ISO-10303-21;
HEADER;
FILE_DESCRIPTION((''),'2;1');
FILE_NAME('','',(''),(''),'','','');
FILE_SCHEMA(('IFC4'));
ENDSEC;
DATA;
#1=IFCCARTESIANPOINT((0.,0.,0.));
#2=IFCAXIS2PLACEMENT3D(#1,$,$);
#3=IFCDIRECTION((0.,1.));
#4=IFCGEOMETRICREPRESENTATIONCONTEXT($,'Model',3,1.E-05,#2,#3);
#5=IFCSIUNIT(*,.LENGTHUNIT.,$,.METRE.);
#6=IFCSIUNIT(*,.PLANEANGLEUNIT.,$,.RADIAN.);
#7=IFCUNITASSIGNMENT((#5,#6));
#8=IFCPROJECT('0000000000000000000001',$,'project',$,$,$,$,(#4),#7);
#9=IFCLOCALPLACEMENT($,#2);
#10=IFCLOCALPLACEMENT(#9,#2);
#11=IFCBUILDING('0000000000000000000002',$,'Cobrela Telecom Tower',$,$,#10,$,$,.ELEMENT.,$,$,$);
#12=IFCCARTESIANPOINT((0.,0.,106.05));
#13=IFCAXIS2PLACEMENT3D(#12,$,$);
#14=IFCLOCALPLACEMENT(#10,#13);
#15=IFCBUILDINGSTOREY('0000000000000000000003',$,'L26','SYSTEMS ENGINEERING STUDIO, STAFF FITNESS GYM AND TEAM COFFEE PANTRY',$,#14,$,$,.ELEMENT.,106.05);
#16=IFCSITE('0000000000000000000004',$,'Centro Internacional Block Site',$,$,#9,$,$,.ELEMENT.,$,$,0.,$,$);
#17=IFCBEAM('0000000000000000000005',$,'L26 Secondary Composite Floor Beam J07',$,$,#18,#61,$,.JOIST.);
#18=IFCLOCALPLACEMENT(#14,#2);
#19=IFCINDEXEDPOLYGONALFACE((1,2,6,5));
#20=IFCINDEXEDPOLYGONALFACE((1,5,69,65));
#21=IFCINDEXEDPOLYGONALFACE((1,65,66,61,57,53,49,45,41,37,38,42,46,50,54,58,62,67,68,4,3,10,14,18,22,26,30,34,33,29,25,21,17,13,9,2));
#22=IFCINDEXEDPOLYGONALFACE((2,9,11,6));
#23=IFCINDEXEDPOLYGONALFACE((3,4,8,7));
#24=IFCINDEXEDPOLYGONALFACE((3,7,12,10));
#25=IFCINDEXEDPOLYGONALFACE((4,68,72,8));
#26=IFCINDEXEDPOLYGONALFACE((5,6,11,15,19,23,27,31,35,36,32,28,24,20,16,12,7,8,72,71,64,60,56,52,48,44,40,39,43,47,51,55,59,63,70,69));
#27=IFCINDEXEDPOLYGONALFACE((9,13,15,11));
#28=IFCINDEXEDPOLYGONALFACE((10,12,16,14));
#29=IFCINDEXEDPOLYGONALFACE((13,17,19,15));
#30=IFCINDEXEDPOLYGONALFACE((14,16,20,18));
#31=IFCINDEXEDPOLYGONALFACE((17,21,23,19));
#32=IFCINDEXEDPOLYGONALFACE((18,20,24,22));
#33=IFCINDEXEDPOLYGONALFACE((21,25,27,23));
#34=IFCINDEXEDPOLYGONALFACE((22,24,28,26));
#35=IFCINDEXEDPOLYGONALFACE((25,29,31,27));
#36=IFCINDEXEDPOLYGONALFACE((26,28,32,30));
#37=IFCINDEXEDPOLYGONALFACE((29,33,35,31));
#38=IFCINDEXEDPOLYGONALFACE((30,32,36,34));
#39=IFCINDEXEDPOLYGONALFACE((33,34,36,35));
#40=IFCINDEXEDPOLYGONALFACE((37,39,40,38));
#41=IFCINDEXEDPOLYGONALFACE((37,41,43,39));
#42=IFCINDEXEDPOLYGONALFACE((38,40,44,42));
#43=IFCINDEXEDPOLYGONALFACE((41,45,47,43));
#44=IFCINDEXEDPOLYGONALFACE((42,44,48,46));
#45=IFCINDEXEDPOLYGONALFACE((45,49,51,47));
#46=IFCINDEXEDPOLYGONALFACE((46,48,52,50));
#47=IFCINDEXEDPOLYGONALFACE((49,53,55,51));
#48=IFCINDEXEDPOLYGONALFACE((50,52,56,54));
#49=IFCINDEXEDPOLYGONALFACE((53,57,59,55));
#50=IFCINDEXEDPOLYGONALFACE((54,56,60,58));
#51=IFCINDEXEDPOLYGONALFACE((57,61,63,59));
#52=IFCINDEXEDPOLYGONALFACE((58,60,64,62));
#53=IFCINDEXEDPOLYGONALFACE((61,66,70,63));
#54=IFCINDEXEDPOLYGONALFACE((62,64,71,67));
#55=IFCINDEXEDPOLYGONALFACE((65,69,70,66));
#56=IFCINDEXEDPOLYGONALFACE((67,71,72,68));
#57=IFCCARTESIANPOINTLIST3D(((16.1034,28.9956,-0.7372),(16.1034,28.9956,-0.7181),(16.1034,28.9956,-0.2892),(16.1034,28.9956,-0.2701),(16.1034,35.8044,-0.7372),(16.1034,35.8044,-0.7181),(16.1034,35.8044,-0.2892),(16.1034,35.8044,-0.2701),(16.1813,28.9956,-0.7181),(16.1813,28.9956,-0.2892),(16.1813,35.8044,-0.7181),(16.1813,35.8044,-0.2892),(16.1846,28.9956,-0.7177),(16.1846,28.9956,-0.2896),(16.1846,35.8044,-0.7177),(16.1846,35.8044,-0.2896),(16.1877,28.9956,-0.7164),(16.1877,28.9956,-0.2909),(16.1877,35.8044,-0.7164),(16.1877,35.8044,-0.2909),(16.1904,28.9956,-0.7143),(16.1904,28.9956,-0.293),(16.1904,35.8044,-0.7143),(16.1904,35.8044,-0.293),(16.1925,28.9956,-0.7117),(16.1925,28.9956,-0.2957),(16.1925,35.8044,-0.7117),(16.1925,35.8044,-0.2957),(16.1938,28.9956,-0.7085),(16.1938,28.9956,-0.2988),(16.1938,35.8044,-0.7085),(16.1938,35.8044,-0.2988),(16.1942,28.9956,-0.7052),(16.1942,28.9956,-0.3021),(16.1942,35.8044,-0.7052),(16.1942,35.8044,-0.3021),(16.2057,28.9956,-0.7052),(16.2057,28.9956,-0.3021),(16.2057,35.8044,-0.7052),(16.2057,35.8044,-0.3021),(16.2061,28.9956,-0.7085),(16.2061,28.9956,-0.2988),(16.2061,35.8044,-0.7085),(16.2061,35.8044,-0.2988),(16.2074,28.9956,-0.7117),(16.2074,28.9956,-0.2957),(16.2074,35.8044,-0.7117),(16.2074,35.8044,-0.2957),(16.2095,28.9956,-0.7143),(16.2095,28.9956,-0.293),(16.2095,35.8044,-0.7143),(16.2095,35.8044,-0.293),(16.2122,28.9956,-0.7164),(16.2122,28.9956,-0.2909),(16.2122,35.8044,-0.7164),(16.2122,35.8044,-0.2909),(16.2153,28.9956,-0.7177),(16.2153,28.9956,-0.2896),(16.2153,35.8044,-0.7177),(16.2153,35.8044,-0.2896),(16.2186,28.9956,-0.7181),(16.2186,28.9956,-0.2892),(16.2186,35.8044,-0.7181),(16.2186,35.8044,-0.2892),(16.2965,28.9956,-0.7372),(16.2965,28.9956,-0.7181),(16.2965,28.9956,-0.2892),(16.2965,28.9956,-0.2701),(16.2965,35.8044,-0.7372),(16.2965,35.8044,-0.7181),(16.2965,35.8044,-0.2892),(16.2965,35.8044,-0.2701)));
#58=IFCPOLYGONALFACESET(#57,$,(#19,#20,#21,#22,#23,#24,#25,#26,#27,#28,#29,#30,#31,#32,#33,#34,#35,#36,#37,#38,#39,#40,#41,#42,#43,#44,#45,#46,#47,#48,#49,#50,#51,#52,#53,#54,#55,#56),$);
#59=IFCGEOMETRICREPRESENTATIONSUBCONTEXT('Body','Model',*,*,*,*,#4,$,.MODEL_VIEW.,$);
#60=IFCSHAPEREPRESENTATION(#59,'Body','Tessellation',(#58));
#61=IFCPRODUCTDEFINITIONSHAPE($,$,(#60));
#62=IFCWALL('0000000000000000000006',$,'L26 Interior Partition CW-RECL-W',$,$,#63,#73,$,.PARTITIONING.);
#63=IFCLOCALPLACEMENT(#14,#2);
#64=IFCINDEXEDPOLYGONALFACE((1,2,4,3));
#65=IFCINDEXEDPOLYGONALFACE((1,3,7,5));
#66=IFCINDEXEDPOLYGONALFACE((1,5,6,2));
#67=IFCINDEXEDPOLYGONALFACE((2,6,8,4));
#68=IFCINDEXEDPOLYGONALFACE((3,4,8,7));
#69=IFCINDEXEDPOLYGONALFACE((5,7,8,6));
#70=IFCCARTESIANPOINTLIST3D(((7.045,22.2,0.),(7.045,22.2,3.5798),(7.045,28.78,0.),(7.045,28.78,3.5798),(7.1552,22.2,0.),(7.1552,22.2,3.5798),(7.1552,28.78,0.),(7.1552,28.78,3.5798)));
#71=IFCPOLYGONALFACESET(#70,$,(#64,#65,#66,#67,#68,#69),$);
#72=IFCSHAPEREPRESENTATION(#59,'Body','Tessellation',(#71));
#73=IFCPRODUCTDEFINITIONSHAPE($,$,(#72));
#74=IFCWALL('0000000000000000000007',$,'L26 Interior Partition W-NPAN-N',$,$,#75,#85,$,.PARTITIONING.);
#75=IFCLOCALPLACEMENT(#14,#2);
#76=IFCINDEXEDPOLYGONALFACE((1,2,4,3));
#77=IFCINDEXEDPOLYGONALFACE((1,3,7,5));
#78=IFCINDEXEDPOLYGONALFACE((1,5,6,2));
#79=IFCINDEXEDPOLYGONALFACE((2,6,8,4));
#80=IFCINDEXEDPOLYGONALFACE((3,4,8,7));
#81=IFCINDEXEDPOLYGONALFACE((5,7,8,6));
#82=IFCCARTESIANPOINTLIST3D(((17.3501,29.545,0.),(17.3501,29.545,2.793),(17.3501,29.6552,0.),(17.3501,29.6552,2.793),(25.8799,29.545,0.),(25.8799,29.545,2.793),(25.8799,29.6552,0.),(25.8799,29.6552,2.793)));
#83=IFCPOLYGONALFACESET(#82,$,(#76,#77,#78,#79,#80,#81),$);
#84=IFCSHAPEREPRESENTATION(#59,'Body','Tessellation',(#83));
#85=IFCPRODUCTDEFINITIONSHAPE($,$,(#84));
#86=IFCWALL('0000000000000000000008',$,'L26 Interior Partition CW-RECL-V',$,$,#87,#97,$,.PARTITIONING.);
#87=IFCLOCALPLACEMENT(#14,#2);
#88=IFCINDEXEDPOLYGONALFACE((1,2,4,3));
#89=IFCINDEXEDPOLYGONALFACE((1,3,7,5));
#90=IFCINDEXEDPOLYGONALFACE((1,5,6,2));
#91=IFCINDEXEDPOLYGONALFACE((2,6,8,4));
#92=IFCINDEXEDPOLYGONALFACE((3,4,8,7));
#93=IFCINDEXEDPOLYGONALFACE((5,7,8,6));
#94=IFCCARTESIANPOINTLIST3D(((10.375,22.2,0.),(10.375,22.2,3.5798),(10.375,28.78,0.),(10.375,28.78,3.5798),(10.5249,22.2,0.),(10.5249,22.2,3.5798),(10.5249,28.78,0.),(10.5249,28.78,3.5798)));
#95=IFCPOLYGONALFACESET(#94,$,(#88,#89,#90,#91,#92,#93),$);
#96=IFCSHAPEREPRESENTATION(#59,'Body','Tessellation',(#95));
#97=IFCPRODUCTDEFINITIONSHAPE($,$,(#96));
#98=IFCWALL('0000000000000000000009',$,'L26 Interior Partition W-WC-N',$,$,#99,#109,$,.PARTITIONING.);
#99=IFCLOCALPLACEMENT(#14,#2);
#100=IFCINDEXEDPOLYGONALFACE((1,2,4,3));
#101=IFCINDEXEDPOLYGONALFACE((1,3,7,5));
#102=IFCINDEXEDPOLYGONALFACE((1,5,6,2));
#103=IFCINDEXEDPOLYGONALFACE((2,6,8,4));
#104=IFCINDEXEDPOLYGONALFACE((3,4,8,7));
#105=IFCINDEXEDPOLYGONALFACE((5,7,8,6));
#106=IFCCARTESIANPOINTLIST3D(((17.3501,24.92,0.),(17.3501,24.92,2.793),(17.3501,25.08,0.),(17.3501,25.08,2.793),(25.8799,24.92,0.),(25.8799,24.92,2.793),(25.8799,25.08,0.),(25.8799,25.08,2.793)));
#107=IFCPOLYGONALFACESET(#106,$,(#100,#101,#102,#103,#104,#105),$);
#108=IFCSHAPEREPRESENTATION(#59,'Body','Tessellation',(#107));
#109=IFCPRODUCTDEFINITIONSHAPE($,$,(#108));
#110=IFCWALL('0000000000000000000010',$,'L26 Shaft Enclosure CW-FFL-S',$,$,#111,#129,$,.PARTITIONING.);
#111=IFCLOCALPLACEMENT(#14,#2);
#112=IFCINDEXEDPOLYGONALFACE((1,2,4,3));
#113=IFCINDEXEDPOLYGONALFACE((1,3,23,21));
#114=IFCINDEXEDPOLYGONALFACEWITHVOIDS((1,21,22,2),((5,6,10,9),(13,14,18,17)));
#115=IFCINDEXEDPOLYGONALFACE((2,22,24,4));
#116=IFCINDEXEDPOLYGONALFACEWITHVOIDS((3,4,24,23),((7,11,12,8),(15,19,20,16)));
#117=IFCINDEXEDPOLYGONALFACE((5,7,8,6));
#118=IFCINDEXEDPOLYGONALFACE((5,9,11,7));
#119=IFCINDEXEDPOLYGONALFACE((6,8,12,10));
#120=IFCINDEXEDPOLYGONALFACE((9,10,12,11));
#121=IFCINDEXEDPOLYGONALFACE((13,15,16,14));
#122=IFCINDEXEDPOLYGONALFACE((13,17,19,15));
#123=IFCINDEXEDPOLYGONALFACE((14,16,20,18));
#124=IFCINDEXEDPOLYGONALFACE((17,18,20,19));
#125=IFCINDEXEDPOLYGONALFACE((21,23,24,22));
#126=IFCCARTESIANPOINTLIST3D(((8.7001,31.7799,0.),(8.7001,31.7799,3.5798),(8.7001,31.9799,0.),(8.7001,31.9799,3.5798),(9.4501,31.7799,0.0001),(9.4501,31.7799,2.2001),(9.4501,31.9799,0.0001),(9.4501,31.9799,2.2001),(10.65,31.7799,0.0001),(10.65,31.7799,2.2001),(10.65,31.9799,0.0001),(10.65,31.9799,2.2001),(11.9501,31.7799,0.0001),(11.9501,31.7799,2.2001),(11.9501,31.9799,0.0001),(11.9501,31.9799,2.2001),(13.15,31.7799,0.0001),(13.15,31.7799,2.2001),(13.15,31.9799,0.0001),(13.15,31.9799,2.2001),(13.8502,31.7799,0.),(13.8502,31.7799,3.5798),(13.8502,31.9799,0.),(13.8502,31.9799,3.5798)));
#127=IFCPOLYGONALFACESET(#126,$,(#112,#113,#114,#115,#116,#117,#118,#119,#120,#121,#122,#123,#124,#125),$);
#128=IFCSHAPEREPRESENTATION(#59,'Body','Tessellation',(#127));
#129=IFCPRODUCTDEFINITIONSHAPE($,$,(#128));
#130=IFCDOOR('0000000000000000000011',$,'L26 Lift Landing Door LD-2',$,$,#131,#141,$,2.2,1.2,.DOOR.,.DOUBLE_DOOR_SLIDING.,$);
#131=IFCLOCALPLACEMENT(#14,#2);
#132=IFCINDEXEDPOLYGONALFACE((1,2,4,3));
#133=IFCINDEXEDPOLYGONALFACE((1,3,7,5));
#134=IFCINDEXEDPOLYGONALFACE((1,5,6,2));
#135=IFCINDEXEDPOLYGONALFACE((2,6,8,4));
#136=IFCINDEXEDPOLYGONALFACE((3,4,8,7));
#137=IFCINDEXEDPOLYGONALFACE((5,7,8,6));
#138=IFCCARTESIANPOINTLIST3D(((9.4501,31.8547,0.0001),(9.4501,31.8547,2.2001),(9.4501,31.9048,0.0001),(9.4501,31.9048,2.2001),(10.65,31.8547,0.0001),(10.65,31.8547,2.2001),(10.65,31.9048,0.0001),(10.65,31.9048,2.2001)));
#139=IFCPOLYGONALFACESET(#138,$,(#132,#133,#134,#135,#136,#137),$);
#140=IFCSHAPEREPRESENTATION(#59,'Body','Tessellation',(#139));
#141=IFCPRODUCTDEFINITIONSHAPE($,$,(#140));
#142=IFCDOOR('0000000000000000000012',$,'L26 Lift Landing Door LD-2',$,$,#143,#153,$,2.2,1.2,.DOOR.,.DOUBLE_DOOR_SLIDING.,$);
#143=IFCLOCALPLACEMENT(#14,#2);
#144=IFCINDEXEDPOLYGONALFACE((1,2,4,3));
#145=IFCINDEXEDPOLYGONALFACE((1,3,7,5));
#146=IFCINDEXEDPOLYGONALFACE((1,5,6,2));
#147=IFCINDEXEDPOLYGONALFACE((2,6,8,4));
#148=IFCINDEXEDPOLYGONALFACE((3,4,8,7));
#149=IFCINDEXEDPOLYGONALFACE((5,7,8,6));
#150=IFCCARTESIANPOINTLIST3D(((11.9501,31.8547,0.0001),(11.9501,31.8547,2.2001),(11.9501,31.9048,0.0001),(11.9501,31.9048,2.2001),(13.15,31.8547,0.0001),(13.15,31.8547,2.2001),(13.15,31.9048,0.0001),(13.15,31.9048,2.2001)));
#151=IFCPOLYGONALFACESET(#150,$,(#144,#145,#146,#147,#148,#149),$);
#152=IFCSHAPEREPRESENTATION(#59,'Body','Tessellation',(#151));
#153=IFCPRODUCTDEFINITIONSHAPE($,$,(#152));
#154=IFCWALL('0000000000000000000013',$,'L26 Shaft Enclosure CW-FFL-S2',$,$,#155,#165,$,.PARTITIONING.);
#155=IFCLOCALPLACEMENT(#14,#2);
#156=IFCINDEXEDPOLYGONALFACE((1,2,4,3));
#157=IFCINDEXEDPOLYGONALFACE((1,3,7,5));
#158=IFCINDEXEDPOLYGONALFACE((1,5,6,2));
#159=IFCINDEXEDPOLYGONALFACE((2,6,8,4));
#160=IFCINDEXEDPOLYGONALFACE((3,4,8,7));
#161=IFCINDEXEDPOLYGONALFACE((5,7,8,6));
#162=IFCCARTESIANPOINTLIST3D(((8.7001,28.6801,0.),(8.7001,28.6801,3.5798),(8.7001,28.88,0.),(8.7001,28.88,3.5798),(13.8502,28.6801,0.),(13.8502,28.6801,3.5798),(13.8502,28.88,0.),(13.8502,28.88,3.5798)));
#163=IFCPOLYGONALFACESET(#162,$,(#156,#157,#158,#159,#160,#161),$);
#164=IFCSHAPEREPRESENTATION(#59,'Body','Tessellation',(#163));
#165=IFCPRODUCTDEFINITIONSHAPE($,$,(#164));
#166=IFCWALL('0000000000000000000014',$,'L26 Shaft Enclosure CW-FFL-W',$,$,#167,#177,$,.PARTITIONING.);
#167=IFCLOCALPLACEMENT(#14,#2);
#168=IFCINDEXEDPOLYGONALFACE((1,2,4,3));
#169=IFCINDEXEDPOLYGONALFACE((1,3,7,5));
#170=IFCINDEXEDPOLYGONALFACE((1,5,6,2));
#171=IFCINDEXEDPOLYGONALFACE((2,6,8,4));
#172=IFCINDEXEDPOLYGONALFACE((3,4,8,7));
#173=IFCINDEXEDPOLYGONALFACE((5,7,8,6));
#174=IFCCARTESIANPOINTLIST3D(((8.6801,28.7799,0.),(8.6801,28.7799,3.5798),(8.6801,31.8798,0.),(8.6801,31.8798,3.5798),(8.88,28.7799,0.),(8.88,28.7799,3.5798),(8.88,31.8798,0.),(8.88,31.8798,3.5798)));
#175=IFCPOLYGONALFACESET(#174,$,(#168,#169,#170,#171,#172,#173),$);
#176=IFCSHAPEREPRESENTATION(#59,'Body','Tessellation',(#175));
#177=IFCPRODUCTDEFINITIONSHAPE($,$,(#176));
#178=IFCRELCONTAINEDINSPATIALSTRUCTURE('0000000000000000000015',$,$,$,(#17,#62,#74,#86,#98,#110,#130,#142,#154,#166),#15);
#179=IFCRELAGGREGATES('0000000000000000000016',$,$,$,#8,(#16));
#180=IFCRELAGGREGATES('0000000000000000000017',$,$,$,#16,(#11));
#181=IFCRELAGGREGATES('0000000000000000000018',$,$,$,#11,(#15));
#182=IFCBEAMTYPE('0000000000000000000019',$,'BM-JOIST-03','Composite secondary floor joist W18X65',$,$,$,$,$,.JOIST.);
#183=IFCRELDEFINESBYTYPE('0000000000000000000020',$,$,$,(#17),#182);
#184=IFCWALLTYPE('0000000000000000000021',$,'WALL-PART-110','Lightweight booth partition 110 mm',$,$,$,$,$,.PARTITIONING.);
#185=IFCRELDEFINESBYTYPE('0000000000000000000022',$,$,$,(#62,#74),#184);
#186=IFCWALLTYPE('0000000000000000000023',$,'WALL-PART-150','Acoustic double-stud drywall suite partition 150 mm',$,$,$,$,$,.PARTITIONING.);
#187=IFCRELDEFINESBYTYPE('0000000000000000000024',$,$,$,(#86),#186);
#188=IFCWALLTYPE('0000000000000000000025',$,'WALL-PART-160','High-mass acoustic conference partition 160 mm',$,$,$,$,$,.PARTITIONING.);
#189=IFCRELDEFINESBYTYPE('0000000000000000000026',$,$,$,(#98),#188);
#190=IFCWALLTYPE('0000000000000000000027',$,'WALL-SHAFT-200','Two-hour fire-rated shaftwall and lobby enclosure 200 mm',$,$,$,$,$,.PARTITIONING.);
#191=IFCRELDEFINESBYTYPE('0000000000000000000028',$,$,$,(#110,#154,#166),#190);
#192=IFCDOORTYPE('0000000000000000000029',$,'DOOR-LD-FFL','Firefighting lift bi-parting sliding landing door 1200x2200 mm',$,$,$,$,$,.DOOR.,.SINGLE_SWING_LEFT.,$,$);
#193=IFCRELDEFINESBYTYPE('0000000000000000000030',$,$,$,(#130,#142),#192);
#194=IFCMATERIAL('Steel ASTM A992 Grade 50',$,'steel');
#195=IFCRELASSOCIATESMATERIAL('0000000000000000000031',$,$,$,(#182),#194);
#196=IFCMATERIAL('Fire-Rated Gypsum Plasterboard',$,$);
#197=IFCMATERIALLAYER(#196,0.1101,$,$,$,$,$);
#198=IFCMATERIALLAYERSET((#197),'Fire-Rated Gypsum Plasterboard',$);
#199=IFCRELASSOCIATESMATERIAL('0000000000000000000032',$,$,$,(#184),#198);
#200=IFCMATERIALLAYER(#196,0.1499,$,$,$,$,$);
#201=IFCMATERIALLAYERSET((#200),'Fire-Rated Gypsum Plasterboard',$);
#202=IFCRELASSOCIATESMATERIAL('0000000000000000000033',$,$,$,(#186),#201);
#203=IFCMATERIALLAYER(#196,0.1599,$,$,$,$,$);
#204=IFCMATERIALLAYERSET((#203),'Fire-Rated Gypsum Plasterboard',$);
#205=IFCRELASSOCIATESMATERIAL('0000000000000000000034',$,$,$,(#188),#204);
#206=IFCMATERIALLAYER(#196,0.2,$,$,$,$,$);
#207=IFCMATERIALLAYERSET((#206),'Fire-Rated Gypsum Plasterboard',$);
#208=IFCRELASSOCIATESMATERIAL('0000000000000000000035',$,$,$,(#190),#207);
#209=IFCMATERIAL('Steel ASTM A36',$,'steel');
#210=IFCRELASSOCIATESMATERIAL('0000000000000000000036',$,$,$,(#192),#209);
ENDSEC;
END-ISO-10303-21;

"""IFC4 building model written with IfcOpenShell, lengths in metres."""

from ifc_helpers import new_model, si_unit, direction, frame, frame_2d, origin, origin_2d, place, context, subcontext, project, spatial, rectangle, i_section, extrude, material, layer, layer_set, material_profile, profile_set, type_object, element, fill, save


model = new_model("IFC4")

# Units and contexts
model_context = context("Model", 3, precision=1e-05, world=origin(), true_north=direction((0.0, 1.0)))
body_context = subcontext(model_context, "Body", "Model", "MODEL_VIEW")
ifc_project = project(units=[si_unit("LENGTHUNIT", "METRE"), si_unit("PLANEANGLEUNIT", "RADIAN")], contexts=[model_context])

# Site, building, storey
site_placement = place(None, origin())
site = spatial("IfcSite", under=ifc_project, at=site_placement, Name="Centro Internacional Block Site", CompositionType="ELEMENT", RefElevation=0.0)
building_placement = place(site_placement, origin())
building = spatial("IfcBuilding", under=site, at=building_placement, Name="Cobrela Telecom Tower", CompositionType="ELEMENT")
storey_placement = place(building_placement, frame((0.0, 0.0, 106.05)))
storey = spatial("IfcBuildingStorey", under=building, at=storey_placement, Name="L26", Description="SYSTEMS ENGINEERING STUDIO, STAFF FITNESS GYM AND TEAM COFFEE PANTRY", CompositionType="ELEMENT", Elevation=106.05)

# Beam
ifc_material_1 = material(Name="Steel ASTM A992 Grade 50", Category="steel")
ifc_material_profile_1 = material_profile(ifc_material_1, i_section(OverallWidth=0.1931, OverallDepth=0.467, WebThickness=0.0115, FlangeThickness=0.019, FilletRadius=0.0129, at=origin_2d()), Name="W18X65")
ifc_profile_set_1 = profile_set([ifc_material_profile_1], Name="Steel ASTM A992 Grade 50")
beam_type_1 = type_object("IfcBeamType", Name="BM-JOIST-03", Description="Composite secondary floor joist W18X65", PredefinedType="JOIST", material=ifc_profile_set_1)
beam_1_placement = place(storey_placement, frame((16.2, 28.9956, -0.5037), z_axis=(0.0, 1.0, 0.0), x_axis=(-1.0, 0.0, 0.0)))
element("IfcBeam", 1, at=beam_1_placement, inside=storey, type_object=beam_type_1, Name="L26 Secondary Composite Floor Beam J07", PredefinedType="JOIST", context=body_context, shape_type="SweptSolid", body=[
    extrude(i_section(OverallWidth=0.1931, OverallDepth=0.467, WebThickness=0.0115, FlangeThickness=0.019, FilletRadius=0.0129, at=origin_2d()), origin(), (0.0, 0.0, 1.0), 6.8088),
])

# Shared definitions
ifc_material_2 = material(Name="Steel ASTM A36", Category="steel")

# Walls
ifc_material_3 = material(Name="Fire-Rated Gypsum Plasterboard")
ifc_layer_1 = layer(ifc_material_3, 0.1101)
ifc_layer_set_1 = layer_set([ifc_layer_1], Name="Fire-Rated Gypsum Plasterboard")
wall_type_1 = type_object("IfcWallType", Name="WALL-PART-110", Description="Lightweight booth partition 110 mm", PredefinedType="PARTITIONING", material=ifc_layer_set_1)
wall_1_placement = place(storey_placement, frame((7.1001, 22.2, 0.0), z_axis=(0.0, 0.0, 1.0), x_axis=(0.0, 1.0, 0.0)))
element("IfcWall", 2, at=wall_1_placement, inside=storey, type_object=wall_type_1, Name="L26 Interior Partition CW-RECL-W", PredefinedType="PARTITIONING", context=body_context, shape_type="SweptSolid", body=[
    extrude(rectangle(XDim=6.5801, YDim=0.1101, at=frame_2d((3.29, 0.0))), origin(), (0.0, 0.0, 1.0), 3.5798),
])
wall_2_placement = place(storey_placement, frame((17.3501, 29.6001, 0.0), z_axis=(0.0, 0.0, 1.0), x_axis=(1.0, 0.0, 0.0)))
element("IfcWall", 3, at=wall_2_placement, inside=storey, type_object=wall_type_1, Name="L26 Interior Partition W-NPAN-N", PredefinedType="PARTITIONING", context=body_context, shape_type="SweptSolid", body=[
    extrude(rectangle(XDim=8.5298, YDim=0.1101, at=frame_2d((4.2649, 0.0))), origin(), (0.0, 0.0, 1.0), 2.793),
])
ifc_layer_2 = layer(ifc_material_3, 0.1499)
ifc_layer_set_2 = layer_set([ifc_layer_2], Name="Fire-Rated Gypsum Plasterboard")
wall_type_2 = type_object("IfcWallType", Name="WALL-PART-150", Description="Acoustic double-stud drywall suite partition 150 mm", PredefinedType="PARTITIONING", material=ifc_layer_set_2)
wall_3_placement = place(storey_placement, frame((10.45, 22.2, 0.0), z_axis=(0.0, 0.0, 1.0), x_axis=(0.0, 1.0, 0.0)))
element("IfcWall", 4, at=wall_3_placement, inside=storey, type_object=wall_type_2, Name="L26 Interior Partition CW-RECL-V", PredefinedType="PARTITIONING", context=body_context, shape_type="SweptSolid", body=[
    extrude(rectangle(XDim=6.5801, YDim=0.1499, at=frame_2d((3.29, 0.0))), origin(), (0.0, 0.0, 1.0), 3.5798),
])

# Shared definitions
ifc_layer_3 = layer(ifc_material_3, 0.1599)
ifc_layer_set_3 = layer_set([ifc_layer_3], Name="Fire-Rated Gypsum Plasterboard")
wall_type_3 = type_object("IfcWallType", Name="WALL-PART-160", Description="High-mass acoustic conference partition 160 mm", PredefinedType="PARTITIONING", material=ifc_layer_set_3)

# Wall
wall_4_placement = place(storey_placement, frame((17.3501, 25.0, 0.0), z_axis=(0.0, 0.0, 1.0), x_axis=(1.0, 0.0, 0.0)))
element("IfcWall", 5, at=wall_4_placement, inside=storey, type_object=wall_type_3, Name="L26 Interior Partition W-WC-N", PredefinedType="PARTITIONING", context=body_context, shape_type="SweptSolid", body=[
    extrude(rectangle(XDim=8.5298, YDim=0.1599, at=frame_2d((4.2649, 0.0))), origin(), (0.0, 0.0, 1.0), 2.793),
])

# Wall, openings, doors
ifc_layer_4 = layer(ifc_material_3, 0.2)
ifc_layer_set_4 = layer_set([ifc_layer_4], Name="Fire-Rated Gypsum Plasterboard")
wall_type_4 = type_object("IfcWallType", Name="WALL-SHAFT-200", Description="Two-hour fire-rated shaftwall and lobby enclosure 200 mm", PredefinedType="PARTITIONING", material=ifc_layer_set_4)
wall_5_placement = place(storey_placement, frame((8.7, 31.8799, 0.0), z_axis=(0.0, 0.0, 1.0), x_axis=(1.0, 0.0, 0.0)))
wall_5 = element("IfcWall", 6, at=wall_5_placement, inside=storey, type_object=wall_type_4, Name="L26 Shaft Enclosure CW-FFL-S", PredefinedType="PARTITIONING", context=body_context, shape_type="SweptSolid", body=[
    extrude(rectangle(XDim=5.1501, YDim=0.2, at=frame_2d((2.5752, 0.0))), origin(), (0.0, 0.0, 1.0), 3.5798),
])
opening_1_placement = place(wall_5_placement, frame((0.75, 0.0, 0.0)))
opening_1 = element("IfcOpeningElement", 7, at=opening_1_placement, cuts=wall_5, PredefinedType="OPENING", context=body_context, shape_type="SweptSolid", body=[
    extrude(rectangle(XDim=1.2, YDim=2.2, at=frame_2d((0.6001, 1.1001))), frame((0.0, 0.1118, 0.0), z_axis=(0.0, -1.0, 0.0), x_axis=(1.0, 0.0, 0.0)), (0.0, 0.0, 1.0), 0.2239),
])
opening_2_placement = place(wall_5_placement, frame((3.25, 0.0, 0.0)))
opening_2 = element("IfcOpeningElement", 8, at=opening_2_placement, cuts=wall_5, PredefinedType="OPENING", context=body_context, shape_type="SweptSolid", body=[
    extrude(rectangle(XDim=1.2, YDim=2.2, at=frame_2d((0.6001, 1.1001))), frame((0.0, 0.1118, 0.0), z_axis=(0.0, -1.0, 0.0), x_axis=(1.0, 0.0, 0.0)), (0.0, 0.0, 1.0), 0.2239),
])
door_type_1 = type_object("IfcDoorType", Name="DOOR-LD-FFL", Description="Firefighting lift bi-parting sliding landing door 1200x2200 mm", OperationType="SINGLE_SWING_LEFT", PredefinedType="DOOR", material=ifc_material_2)
door_1_placement = place(opening_1_placement, origin())
door_1 = element("IfcDoor", 9, at=door_1_placement, inside=storey, type_object=door_type_1, Name="L26 Lift Landing Door LD-2", OperationType="DOUBLE_DOOR_SLIDING", OverallHeight=2.2, OverallWidth=1.2, PredefinedType="DOOR", context=body_context, shape_type="SweptSolid", body=[
    extrude(rectangle(XDim=1.2, YDim=2.2, at=frame_2d((0.6001, 1.1001))), frame((0.0, 0.0249, 0.0), z_axis=(0.0, -1.0, 0.0), x_axis=(1.0, 0.0, 0.0)), (0.0, 0.0, 1.0), 0.05),
])
fill(opening_1, door_1)
door_2_placement = place(opening_2_placement, origin())
door_2 = element("IfcDoor", 10, at=door_2_placement, inside=storey, type_object=door_type_1, Name="L26 Lift Landing Door LD-2", OperationType="DOUBLE_DOOR_SLIDING", OverallHeight=2.2, OverallWidth=1.2, PredefinedType="DOOR", context=body_context, shape_type="SweptSolid", body=[
    extrude(rectangle(XDim=1.2, YDim=2.2, at=frame_2d((0.6001, 1.1001))), frame((0.0, 0.0249, 0.0), z_axis=(0.0, -1.0, 0.0), x_axis=(1.0, 0.0, 0.0)), (0.0, 0.0, 1.0), 0.05),
])
fill(opening_2, door_2)

# Walls
wall_6_placement = place(storey_placement, frame((8.7, 28.78, 0.0), z_axis=(0.0, 0.0, 1.0), x_axis=(1.0, 0.0, 0.0)))
element("IfcWall", 11, at=wall_6_placement, inside=storey, type_object=wall_type_4, Name="L26 Shaft Enclosure CW-FFL-S2", PredefinedType="PARTITIONING", context=body_context, shape_type="SweptSolid", body=[
    extrude(rectangle(XDim=5.1501, YDim=0.2, at=frame_2d((2.5752, 0.0))), origin(), (0.0, 0.0, 1.0), 3.5798),
])
for number, where, z_axis, x_axis, name in (
    (12, (8.78, 28.78, 0.0), (0.0, 0.0, 1.0), (0.0, 1.0, 0.0), "L26 Shaft Enclosure CW-FFL-W"),
):
    element("IfcWall", number, at=place(storey_placement, frame(where, z_axis=z_axis, x_axis=x_axis)), inside=storey, type_object=wall_type_4, Name=name, PredefinedType="PARTITIONING", context=body_context, shape_type="SweptSolid", body=[
        extrude(rectangle(XDim=3.0999, YDim=0.2, at=frame_2d((1.5498, 0.0))), origin(), (0.0, 0.0, 1.0), 3.5798),
    ])

save(model, "model.ifc")
